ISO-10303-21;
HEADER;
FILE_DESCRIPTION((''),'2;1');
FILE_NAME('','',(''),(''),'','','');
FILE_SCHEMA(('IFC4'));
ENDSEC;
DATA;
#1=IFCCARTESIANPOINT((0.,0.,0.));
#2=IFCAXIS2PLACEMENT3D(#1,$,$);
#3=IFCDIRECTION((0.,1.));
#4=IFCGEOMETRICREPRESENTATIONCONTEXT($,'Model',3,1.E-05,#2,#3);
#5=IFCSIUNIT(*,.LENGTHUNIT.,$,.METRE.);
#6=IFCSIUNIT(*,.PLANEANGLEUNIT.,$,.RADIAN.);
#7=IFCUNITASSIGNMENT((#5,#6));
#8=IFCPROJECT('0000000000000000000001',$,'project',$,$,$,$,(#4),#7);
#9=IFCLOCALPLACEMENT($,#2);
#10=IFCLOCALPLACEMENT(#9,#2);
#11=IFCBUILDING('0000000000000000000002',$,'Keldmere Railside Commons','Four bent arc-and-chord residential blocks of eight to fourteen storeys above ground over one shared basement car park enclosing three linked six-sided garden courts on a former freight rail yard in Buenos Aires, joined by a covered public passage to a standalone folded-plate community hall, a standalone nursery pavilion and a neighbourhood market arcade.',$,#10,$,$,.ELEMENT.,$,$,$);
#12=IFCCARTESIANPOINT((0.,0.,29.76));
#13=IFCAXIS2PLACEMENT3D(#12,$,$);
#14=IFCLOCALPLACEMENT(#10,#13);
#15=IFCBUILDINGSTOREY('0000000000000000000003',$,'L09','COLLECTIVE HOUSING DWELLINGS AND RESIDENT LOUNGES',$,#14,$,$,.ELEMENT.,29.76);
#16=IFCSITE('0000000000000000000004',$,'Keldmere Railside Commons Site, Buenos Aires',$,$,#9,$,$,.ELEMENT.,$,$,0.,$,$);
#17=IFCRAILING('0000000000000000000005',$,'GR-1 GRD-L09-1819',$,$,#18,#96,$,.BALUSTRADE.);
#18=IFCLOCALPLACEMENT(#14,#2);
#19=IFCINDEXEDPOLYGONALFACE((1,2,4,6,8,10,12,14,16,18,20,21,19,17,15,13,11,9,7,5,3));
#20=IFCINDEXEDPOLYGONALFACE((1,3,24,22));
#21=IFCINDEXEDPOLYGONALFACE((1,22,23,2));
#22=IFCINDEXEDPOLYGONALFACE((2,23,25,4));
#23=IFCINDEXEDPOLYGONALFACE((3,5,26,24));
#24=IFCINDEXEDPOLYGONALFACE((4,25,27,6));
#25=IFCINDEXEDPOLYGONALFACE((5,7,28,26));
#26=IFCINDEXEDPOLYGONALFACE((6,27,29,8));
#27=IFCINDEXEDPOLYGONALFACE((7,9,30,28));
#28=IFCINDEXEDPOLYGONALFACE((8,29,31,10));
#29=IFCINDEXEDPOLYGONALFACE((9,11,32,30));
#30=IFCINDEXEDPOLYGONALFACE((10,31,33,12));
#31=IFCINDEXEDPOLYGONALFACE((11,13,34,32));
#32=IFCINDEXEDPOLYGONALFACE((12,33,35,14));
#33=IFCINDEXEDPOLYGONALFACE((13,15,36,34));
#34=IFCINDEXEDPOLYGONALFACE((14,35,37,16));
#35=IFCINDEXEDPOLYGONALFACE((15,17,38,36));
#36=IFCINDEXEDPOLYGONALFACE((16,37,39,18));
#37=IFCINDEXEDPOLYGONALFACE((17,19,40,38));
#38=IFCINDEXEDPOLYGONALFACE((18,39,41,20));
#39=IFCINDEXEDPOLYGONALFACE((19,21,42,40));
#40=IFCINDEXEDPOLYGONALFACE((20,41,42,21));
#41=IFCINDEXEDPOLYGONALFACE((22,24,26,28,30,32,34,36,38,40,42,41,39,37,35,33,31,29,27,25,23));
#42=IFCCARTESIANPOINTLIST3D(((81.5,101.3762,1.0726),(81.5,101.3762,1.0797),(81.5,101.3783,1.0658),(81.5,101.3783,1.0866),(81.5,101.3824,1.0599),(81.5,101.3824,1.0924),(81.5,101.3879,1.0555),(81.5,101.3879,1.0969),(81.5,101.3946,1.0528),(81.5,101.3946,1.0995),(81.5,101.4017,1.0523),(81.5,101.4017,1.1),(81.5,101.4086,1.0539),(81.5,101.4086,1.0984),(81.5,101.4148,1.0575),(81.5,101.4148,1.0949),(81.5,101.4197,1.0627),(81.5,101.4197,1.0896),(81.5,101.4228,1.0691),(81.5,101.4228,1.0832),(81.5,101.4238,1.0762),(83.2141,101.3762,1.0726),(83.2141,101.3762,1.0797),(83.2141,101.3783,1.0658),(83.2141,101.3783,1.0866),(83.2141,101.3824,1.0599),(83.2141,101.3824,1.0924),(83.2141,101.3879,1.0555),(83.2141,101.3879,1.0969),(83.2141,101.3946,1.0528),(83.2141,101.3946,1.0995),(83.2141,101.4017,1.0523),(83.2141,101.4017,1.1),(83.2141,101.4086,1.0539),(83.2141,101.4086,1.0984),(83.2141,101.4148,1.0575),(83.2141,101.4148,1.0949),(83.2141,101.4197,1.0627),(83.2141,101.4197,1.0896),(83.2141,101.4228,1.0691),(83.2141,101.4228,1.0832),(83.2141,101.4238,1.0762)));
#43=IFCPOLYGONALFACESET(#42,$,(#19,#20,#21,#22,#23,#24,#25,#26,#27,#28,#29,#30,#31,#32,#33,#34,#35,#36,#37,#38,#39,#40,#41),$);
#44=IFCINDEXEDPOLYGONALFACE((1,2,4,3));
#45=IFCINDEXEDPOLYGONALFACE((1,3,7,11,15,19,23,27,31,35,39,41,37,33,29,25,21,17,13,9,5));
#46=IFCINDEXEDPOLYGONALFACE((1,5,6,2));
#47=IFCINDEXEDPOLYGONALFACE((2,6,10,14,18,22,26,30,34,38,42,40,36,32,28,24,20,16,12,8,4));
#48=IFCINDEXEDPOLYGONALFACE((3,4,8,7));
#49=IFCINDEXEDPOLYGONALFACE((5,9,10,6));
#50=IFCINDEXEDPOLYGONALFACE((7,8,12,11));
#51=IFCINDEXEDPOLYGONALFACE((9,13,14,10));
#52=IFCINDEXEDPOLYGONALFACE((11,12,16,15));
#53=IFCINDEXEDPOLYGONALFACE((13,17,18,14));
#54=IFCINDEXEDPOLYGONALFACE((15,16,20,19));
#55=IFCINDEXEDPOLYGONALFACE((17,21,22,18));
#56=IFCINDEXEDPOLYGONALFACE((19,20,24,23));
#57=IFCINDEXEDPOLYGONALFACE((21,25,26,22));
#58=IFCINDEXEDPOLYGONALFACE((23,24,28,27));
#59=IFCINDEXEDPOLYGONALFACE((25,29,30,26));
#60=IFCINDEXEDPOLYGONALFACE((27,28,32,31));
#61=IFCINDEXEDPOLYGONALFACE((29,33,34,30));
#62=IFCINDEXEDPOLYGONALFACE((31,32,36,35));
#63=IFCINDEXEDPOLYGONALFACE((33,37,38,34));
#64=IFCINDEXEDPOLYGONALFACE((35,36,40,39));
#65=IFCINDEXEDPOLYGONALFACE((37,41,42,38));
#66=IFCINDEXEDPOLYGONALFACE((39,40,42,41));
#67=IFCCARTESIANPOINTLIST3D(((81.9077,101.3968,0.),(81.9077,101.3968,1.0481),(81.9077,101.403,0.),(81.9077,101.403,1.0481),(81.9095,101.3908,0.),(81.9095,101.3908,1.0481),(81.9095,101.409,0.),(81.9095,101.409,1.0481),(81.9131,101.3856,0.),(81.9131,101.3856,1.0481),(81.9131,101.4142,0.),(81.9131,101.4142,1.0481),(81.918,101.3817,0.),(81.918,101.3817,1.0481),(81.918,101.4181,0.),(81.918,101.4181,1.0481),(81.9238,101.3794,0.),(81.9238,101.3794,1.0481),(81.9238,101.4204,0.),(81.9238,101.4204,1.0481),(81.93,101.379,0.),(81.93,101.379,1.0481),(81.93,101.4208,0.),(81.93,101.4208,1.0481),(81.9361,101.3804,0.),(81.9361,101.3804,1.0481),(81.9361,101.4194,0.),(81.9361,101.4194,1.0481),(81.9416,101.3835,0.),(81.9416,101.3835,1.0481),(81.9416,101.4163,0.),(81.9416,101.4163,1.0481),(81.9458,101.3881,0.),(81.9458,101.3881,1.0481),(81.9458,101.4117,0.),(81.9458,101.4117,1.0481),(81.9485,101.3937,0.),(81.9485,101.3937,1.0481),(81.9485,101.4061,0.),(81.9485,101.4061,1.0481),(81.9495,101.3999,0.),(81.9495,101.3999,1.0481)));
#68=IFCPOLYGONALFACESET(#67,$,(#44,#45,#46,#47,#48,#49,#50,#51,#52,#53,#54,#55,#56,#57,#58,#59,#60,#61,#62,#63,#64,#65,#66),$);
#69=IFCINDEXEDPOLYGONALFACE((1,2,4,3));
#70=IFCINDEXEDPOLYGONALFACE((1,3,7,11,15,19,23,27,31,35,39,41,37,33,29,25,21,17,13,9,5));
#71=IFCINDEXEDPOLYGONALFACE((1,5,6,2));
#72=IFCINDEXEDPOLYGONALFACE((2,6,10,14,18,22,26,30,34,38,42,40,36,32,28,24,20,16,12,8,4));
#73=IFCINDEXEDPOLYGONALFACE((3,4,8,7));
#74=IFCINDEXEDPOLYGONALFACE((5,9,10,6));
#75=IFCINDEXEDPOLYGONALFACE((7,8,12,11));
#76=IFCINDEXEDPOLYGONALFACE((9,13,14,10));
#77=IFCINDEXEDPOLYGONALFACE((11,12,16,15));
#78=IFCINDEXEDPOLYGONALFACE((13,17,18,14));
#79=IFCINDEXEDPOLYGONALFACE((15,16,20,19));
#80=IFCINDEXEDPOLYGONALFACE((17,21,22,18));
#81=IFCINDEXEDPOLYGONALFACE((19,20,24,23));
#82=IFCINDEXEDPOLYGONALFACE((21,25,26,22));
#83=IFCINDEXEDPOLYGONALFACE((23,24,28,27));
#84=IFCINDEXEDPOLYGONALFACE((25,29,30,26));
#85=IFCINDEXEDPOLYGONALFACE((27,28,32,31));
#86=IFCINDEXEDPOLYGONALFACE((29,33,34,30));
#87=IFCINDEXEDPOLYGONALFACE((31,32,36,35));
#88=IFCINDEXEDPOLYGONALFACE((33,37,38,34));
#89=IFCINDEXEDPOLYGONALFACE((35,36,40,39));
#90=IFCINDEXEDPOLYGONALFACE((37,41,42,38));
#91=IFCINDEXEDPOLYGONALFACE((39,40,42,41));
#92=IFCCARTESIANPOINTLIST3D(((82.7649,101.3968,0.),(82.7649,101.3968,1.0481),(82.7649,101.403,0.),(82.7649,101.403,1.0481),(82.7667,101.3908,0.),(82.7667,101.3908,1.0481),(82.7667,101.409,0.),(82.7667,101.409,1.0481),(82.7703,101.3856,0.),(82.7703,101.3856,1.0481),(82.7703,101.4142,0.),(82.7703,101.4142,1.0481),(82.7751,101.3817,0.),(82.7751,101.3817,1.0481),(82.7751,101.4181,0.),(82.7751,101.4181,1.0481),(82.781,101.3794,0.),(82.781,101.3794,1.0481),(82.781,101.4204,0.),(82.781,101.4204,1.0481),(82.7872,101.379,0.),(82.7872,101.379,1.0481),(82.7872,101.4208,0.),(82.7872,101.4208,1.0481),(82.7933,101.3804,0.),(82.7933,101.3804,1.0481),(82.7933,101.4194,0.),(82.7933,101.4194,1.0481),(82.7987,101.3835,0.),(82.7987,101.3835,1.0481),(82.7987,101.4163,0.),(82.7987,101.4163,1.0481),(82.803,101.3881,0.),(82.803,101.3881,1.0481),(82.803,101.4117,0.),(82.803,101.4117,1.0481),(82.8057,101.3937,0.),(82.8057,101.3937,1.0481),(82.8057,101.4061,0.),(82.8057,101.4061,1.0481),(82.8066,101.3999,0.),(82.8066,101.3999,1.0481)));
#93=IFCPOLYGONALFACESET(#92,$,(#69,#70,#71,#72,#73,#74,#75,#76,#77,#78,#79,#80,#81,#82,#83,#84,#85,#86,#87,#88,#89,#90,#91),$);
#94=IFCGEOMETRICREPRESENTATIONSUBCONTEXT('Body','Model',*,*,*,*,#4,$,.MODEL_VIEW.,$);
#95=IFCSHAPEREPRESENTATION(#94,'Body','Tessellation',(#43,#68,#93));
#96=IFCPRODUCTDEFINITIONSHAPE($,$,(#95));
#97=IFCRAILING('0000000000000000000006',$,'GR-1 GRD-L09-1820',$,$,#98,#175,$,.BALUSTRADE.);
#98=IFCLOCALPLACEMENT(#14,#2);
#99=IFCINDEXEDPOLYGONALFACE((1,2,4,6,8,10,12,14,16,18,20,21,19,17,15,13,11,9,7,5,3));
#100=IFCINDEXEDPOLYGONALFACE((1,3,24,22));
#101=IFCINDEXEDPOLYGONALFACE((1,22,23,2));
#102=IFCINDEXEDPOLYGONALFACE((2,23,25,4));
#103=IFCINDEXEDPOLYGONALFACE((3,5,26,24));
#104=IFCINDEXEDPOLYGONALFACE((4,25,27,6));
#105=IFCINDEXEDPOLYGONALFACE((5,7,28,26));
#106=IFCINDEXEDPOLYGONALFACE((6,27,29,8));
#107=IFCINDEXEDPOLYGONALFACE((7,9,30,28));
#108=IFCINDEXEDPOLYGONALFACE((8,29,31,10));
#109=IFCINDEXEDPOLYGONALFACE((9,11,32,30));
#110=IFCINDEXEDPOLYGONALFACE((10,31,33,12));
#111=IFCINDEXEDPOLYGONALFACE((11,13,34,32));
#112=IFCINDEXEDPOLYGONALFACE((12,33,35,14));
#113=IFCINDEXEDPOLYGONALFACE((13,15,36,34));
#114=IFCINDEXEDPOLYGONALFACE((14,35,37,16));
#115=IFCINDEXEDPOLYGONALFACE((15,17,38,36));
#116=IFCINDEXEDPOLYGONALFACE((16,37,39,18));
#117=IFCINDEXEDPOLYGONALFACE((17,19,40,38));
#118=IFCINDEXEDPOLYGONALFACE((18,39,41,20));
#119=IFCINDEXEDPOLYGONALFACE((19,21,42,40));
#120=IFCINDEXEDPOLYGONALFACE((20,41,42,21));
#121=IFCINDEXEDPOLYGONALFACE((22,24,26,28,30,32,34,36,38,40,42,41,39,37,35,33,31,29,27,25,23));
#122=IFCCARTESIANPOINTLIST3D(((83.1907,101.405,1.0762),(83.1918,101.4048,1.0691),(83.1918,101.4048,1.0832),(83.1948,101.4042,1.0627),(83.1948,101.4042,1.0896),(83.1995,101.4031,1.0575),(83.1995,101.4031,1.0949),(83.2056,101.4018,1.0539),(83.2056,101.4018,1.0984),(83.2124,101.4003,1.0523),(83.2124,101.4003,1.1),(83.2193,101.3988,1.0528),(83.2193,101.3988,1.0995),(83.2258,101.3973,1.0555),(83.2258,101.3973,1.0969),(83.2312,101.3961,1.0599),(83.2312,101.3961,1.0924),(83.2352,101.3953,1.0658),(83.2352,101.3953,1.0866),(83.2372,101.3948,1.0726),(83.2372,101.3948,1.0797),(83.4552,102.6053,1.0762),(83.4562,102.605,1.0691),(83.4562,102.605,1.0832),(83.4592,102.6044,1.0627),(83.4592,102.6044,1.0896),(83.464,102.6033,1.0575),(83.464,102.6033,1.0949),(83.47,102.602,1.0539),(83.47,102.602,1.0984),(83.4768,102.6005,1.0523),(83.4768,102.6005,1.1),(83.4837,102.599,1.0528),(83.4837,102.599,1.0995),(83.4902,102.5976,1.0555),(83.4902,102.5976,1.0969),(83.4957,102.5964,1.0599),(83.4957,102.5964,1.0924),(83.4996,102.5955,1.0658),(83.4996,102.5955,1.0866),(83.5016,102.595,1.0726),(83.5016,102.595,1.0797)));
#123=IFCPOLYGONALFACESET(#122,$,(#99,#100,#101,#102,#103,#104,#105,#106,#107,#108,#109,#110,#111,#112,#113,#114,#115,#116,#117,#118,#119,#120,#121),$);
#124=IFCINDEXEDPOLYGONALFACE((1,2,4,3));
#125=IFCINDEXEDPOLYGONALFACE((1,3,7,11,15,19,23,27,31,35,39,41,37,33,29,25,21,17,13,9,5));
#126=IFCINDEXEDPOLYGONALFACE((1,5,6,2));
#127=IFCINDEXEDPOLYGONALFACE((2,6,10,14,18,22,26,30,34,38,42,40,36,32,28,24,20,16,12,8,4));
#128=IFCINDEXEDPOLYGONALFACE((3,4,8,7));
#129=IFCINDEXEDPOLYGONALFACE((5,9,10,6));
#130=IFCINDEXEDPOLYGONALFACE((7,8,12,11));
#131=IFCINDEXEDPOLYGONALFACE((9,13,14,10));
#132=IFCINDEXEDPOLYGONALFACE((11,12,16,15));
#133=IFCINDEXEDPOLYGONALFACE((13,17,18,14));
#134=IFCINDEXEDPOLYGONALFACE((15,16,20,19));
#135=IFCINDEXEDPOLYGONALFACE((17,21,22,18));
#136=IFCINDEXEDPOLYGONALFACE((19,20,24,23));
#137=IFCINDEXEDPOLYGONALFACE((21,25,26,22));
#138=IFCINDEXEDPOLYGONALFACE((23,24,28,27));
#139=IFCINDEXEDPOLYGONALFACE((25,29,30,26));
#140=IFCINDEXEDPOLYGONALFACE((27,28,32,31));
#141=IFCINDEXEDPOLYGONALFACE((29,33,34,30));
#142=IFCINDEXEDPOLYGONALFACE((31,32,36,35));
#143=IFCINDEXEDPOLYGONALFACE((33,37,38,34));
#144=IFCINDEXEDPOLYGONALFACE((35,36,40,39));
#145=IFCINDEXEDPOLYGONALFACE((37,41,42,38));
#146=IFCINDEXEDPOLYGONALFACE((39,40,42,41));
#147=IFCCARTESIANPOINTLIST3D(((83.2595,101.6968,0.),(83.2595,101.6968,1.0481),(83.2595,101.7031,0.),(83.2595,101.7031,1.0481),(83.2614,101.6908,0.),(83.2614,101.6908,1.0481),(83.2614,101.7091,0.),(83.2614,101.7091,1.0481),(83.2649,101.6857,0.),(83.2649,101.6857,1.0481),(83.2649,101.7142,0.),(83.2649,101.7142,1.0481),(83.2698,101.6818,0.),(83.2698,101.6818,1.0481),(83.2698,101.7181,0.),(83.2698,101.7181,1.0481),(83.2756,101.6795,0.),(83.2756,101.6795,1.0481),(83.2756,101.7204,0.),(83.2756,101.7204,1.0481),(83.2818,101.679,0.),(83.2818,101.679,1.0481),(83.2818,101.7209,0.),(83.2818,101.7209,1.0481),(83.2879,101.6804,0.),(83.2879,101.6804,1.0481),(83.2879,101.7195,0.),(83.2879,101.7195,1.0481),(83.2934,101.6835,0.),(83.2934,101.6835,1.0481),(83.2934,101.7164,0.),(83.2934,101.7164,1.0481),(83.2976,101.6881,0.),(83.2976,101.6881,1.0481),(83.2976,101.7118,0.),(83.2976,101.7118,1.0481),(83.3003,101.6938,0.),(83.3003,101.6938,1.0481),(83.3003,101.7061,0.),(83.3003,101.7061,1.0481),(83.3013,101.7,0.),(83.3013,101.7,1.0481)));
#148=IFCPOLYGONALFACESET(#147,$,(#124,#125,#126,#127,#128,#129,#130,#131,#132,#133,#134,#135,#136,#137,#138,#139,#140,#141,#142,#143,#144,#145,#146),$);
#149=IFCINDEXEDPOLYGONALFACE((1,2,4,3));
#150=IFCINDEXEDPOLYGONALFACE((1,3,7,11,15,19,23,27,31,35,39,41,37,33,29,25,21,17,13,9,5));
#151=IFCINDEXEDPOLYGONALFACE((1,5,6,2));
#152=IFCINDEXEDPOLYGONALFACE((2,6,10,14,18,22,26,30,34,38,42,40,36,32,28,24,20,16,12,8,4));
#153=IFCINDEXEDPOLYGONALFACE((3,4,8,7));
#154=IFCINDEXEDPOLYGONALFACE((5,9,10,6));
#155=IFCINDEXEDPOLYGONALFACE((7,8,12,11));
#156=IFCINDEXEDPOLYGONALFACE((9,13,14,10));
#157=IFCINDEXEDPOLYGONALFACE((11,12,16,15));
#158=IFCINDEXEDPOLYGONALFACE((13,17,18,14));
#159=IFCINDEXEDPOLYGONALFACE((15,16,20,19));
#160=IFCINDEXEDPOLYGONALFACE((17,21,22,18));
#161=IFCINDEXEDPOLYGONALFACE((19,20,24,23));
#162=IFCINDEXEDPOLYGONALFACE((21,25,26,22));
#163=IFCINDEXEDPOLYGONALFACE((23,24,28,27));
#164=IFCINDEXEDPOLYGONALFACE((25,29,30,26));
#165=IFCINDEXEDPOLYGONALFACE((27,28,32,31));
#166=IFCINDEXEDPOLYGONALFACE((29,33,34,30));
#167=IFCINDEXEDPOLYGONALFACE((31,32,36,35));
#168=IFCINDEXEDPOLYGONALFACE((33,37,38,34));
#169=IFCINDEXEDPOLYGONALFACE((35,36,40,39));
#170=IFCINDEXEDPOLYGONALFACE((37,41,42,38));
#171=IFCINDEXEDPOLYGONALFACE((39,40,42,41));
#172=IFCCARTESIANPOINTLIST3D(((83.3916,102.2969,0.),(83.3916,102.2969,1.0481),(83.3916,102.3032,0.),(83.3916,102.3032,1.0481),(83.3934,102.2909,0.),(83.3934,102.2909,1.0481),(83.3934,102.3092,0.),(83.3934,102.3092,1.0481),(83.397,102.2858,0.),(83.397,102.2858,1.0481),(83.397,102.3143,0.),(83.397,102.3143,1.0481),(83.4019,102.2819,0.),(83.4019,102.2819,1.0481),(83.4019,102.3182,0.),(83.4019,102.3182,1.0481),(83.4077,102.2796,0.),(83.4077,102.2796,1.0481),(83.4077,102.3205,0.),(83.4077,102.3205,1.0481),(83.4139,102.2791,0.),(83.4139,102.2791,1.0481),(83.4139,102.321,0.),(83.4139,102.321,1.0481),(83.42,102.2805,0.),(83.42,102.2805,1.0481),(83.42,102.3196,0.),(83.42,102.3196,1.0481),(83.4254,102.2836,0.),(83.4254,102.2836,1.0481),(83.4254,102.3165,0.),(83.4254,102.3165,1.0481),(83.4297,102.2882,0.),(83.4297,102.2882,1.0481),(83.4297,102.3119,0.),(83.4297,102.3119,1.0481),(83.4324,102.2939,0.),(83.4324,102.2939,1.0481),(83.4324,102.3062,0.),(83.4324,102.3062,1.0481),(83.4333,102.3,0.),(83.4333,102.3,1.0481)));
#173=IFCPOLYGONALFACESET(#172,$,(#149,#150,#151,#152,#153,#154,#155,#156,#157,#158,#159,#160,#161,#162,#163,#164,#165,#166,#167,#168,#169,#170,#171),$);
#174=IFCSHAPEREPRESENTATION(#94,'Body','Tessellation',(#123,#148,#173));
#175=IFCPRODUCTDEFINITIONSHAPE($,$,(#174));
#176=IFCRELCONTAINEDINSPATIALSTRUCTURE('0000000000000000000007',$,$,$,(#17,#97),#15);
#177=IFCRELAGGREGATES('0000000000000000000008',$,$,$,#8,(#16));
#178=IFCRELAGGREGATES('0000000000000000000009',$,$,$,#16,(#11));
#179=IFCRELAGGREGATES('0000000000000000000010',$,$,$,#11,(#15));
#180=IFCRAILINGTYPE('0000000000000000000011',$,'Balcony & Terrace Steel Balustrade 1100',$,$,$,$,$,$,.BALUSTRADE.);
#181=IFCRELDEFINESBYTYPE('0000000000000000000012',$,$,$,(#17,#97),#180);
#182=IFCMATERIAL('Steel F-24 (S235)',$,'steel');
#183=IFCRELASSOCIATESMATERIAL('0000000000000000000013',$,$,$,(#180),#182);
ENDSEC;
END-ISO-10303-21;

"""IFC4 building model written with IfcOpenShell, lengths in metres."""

from ifc_helpers import new_model, si_unit, direction, frame, origin, origin_2d, place, context, subcontext, project, spatial, circle, extrude, material, type_object, element, save


model = new_model("IFC4")

# Units and contexts
model_context = context("Model", 3, precision=1e-05, world=origin(), true_north=direction((0.0, 1.0)))
body_context = subcontext(model_context, "Body", "Model", "MODEL_VIEW")
ifc_project = project(units=[si_unit("LENGTHUNIT", "METRE"), si_unit("PLANEANGLEUNIT", "RADIAN")], contexts=[model_context])

# Site, building, storey
site_placement = place(None, origin())
site = spatial("IfcSite", under=ifc_project, at=site_placement, Name="Keldmere Railside Commons Site, Buenos Aires", CompositionType="ELEMENT", RefElevation=0.0)
building_placement = place(site_placement, origin())
building = spatial("IfcBuilding", under=site, at=building_placement, Name="Keldmere Railside Commons", Description="Four bent arc-and-chord residential blocks of eight to fourteen storeys above ground over one shared basement car park enclosing three linked six-sided garden courts on a former freight rail yard in Buenos Aires, joined by a covered public passage to a standalone folded-plate community hall, a standalone nursery pavilion and a neighbourhood market arcade.", CompositionType="ELEMENT")
storey_placement = place(building_placement, frame((0.0, 0.0, 29.76)))
storey = spatial("IfcBuildingStorey", under=building, at=storey_placement, Name="L09", Description="COLLECTIVE HOUSING DWELLINGS AND RESIDENT LOUNGES", CompositionType="ELEMENT", Elevation=29.76)

# Shared definitions
ifc_material_1 = material(Name="Steel F-24 (S235)", Category="steel")

# Railings
railing_type_1 = type_object("IfcRailingType", Name="Balcony & Terrace Steel Balustrade 1100", PredefinedType="BALUSTRADE", material=ifc_material_1)
railing_1_placement = place(storey_placement, frame((81.5, 101.3999, 0.0)))
element("IfcRailing", 1, at=railing_1_placement, inside=storey, type_object=railing_type_1, Name="GR-1 GRD-L09-1819", PredefinedType="BALUSTRADE", context=body_context, shape_type="SweptSolid", body=[
    extrude(circle(Radius=0.0239, at=origin_2d()), frame((0.0, 0.0, 1.0762), z_axis=(1.0, 0.0, 0.0), x_axis=(0.0, 1.0, 0.0)), (0.0, 0.0, 1.0), 1.7141),
    extrude(circle(Radius=0.021, at=origin_2d()), frame((0.4285, 0.0, 0.0)), (0.0, 0.0, 1.0), 1.0481),
    extrude(circle(Radius=0.021, at=origin_2d()), frame((1.2856, 0.0, 0.0)), (0.0, 0.0, 1.0), 1.0481),
])
railing_2_placement = place(storey_placement, frame((83.2141, 101.3999, 0.0)))
element("IfcRailing", 2, at=railing_2_placement, inside=storey, type_object=railing_type_1, Name="GR-1 GRD-L09-1820", PredefinedType="BALUSTRADE", context=body_context, shape_type="SweptSolid", body=[
    extrude(circle(Radius=0.0239, at=origin_2d()), frame((0.0, 0.0, 1.0762), z_axis=(0.215142, 0.976583, 0.0), x_axis=(-0.976583, 0.215142, 0.0)), (0.0, 0.0, 1.0), 1.229),
    extrude(circle(Radius=0.021, at=origin_2d()), frame((0.0662, 0.3, 0.0)), (0.0, 0.0, 1.0), 1.0481),
    extrude(circle(Radius=0.021, at=origin_2d()), frame((0.1982, 0.9001, 0.0)), (0.0, 0.0, 1.0), 1.0481),
])

save(model, "model.ifc")
